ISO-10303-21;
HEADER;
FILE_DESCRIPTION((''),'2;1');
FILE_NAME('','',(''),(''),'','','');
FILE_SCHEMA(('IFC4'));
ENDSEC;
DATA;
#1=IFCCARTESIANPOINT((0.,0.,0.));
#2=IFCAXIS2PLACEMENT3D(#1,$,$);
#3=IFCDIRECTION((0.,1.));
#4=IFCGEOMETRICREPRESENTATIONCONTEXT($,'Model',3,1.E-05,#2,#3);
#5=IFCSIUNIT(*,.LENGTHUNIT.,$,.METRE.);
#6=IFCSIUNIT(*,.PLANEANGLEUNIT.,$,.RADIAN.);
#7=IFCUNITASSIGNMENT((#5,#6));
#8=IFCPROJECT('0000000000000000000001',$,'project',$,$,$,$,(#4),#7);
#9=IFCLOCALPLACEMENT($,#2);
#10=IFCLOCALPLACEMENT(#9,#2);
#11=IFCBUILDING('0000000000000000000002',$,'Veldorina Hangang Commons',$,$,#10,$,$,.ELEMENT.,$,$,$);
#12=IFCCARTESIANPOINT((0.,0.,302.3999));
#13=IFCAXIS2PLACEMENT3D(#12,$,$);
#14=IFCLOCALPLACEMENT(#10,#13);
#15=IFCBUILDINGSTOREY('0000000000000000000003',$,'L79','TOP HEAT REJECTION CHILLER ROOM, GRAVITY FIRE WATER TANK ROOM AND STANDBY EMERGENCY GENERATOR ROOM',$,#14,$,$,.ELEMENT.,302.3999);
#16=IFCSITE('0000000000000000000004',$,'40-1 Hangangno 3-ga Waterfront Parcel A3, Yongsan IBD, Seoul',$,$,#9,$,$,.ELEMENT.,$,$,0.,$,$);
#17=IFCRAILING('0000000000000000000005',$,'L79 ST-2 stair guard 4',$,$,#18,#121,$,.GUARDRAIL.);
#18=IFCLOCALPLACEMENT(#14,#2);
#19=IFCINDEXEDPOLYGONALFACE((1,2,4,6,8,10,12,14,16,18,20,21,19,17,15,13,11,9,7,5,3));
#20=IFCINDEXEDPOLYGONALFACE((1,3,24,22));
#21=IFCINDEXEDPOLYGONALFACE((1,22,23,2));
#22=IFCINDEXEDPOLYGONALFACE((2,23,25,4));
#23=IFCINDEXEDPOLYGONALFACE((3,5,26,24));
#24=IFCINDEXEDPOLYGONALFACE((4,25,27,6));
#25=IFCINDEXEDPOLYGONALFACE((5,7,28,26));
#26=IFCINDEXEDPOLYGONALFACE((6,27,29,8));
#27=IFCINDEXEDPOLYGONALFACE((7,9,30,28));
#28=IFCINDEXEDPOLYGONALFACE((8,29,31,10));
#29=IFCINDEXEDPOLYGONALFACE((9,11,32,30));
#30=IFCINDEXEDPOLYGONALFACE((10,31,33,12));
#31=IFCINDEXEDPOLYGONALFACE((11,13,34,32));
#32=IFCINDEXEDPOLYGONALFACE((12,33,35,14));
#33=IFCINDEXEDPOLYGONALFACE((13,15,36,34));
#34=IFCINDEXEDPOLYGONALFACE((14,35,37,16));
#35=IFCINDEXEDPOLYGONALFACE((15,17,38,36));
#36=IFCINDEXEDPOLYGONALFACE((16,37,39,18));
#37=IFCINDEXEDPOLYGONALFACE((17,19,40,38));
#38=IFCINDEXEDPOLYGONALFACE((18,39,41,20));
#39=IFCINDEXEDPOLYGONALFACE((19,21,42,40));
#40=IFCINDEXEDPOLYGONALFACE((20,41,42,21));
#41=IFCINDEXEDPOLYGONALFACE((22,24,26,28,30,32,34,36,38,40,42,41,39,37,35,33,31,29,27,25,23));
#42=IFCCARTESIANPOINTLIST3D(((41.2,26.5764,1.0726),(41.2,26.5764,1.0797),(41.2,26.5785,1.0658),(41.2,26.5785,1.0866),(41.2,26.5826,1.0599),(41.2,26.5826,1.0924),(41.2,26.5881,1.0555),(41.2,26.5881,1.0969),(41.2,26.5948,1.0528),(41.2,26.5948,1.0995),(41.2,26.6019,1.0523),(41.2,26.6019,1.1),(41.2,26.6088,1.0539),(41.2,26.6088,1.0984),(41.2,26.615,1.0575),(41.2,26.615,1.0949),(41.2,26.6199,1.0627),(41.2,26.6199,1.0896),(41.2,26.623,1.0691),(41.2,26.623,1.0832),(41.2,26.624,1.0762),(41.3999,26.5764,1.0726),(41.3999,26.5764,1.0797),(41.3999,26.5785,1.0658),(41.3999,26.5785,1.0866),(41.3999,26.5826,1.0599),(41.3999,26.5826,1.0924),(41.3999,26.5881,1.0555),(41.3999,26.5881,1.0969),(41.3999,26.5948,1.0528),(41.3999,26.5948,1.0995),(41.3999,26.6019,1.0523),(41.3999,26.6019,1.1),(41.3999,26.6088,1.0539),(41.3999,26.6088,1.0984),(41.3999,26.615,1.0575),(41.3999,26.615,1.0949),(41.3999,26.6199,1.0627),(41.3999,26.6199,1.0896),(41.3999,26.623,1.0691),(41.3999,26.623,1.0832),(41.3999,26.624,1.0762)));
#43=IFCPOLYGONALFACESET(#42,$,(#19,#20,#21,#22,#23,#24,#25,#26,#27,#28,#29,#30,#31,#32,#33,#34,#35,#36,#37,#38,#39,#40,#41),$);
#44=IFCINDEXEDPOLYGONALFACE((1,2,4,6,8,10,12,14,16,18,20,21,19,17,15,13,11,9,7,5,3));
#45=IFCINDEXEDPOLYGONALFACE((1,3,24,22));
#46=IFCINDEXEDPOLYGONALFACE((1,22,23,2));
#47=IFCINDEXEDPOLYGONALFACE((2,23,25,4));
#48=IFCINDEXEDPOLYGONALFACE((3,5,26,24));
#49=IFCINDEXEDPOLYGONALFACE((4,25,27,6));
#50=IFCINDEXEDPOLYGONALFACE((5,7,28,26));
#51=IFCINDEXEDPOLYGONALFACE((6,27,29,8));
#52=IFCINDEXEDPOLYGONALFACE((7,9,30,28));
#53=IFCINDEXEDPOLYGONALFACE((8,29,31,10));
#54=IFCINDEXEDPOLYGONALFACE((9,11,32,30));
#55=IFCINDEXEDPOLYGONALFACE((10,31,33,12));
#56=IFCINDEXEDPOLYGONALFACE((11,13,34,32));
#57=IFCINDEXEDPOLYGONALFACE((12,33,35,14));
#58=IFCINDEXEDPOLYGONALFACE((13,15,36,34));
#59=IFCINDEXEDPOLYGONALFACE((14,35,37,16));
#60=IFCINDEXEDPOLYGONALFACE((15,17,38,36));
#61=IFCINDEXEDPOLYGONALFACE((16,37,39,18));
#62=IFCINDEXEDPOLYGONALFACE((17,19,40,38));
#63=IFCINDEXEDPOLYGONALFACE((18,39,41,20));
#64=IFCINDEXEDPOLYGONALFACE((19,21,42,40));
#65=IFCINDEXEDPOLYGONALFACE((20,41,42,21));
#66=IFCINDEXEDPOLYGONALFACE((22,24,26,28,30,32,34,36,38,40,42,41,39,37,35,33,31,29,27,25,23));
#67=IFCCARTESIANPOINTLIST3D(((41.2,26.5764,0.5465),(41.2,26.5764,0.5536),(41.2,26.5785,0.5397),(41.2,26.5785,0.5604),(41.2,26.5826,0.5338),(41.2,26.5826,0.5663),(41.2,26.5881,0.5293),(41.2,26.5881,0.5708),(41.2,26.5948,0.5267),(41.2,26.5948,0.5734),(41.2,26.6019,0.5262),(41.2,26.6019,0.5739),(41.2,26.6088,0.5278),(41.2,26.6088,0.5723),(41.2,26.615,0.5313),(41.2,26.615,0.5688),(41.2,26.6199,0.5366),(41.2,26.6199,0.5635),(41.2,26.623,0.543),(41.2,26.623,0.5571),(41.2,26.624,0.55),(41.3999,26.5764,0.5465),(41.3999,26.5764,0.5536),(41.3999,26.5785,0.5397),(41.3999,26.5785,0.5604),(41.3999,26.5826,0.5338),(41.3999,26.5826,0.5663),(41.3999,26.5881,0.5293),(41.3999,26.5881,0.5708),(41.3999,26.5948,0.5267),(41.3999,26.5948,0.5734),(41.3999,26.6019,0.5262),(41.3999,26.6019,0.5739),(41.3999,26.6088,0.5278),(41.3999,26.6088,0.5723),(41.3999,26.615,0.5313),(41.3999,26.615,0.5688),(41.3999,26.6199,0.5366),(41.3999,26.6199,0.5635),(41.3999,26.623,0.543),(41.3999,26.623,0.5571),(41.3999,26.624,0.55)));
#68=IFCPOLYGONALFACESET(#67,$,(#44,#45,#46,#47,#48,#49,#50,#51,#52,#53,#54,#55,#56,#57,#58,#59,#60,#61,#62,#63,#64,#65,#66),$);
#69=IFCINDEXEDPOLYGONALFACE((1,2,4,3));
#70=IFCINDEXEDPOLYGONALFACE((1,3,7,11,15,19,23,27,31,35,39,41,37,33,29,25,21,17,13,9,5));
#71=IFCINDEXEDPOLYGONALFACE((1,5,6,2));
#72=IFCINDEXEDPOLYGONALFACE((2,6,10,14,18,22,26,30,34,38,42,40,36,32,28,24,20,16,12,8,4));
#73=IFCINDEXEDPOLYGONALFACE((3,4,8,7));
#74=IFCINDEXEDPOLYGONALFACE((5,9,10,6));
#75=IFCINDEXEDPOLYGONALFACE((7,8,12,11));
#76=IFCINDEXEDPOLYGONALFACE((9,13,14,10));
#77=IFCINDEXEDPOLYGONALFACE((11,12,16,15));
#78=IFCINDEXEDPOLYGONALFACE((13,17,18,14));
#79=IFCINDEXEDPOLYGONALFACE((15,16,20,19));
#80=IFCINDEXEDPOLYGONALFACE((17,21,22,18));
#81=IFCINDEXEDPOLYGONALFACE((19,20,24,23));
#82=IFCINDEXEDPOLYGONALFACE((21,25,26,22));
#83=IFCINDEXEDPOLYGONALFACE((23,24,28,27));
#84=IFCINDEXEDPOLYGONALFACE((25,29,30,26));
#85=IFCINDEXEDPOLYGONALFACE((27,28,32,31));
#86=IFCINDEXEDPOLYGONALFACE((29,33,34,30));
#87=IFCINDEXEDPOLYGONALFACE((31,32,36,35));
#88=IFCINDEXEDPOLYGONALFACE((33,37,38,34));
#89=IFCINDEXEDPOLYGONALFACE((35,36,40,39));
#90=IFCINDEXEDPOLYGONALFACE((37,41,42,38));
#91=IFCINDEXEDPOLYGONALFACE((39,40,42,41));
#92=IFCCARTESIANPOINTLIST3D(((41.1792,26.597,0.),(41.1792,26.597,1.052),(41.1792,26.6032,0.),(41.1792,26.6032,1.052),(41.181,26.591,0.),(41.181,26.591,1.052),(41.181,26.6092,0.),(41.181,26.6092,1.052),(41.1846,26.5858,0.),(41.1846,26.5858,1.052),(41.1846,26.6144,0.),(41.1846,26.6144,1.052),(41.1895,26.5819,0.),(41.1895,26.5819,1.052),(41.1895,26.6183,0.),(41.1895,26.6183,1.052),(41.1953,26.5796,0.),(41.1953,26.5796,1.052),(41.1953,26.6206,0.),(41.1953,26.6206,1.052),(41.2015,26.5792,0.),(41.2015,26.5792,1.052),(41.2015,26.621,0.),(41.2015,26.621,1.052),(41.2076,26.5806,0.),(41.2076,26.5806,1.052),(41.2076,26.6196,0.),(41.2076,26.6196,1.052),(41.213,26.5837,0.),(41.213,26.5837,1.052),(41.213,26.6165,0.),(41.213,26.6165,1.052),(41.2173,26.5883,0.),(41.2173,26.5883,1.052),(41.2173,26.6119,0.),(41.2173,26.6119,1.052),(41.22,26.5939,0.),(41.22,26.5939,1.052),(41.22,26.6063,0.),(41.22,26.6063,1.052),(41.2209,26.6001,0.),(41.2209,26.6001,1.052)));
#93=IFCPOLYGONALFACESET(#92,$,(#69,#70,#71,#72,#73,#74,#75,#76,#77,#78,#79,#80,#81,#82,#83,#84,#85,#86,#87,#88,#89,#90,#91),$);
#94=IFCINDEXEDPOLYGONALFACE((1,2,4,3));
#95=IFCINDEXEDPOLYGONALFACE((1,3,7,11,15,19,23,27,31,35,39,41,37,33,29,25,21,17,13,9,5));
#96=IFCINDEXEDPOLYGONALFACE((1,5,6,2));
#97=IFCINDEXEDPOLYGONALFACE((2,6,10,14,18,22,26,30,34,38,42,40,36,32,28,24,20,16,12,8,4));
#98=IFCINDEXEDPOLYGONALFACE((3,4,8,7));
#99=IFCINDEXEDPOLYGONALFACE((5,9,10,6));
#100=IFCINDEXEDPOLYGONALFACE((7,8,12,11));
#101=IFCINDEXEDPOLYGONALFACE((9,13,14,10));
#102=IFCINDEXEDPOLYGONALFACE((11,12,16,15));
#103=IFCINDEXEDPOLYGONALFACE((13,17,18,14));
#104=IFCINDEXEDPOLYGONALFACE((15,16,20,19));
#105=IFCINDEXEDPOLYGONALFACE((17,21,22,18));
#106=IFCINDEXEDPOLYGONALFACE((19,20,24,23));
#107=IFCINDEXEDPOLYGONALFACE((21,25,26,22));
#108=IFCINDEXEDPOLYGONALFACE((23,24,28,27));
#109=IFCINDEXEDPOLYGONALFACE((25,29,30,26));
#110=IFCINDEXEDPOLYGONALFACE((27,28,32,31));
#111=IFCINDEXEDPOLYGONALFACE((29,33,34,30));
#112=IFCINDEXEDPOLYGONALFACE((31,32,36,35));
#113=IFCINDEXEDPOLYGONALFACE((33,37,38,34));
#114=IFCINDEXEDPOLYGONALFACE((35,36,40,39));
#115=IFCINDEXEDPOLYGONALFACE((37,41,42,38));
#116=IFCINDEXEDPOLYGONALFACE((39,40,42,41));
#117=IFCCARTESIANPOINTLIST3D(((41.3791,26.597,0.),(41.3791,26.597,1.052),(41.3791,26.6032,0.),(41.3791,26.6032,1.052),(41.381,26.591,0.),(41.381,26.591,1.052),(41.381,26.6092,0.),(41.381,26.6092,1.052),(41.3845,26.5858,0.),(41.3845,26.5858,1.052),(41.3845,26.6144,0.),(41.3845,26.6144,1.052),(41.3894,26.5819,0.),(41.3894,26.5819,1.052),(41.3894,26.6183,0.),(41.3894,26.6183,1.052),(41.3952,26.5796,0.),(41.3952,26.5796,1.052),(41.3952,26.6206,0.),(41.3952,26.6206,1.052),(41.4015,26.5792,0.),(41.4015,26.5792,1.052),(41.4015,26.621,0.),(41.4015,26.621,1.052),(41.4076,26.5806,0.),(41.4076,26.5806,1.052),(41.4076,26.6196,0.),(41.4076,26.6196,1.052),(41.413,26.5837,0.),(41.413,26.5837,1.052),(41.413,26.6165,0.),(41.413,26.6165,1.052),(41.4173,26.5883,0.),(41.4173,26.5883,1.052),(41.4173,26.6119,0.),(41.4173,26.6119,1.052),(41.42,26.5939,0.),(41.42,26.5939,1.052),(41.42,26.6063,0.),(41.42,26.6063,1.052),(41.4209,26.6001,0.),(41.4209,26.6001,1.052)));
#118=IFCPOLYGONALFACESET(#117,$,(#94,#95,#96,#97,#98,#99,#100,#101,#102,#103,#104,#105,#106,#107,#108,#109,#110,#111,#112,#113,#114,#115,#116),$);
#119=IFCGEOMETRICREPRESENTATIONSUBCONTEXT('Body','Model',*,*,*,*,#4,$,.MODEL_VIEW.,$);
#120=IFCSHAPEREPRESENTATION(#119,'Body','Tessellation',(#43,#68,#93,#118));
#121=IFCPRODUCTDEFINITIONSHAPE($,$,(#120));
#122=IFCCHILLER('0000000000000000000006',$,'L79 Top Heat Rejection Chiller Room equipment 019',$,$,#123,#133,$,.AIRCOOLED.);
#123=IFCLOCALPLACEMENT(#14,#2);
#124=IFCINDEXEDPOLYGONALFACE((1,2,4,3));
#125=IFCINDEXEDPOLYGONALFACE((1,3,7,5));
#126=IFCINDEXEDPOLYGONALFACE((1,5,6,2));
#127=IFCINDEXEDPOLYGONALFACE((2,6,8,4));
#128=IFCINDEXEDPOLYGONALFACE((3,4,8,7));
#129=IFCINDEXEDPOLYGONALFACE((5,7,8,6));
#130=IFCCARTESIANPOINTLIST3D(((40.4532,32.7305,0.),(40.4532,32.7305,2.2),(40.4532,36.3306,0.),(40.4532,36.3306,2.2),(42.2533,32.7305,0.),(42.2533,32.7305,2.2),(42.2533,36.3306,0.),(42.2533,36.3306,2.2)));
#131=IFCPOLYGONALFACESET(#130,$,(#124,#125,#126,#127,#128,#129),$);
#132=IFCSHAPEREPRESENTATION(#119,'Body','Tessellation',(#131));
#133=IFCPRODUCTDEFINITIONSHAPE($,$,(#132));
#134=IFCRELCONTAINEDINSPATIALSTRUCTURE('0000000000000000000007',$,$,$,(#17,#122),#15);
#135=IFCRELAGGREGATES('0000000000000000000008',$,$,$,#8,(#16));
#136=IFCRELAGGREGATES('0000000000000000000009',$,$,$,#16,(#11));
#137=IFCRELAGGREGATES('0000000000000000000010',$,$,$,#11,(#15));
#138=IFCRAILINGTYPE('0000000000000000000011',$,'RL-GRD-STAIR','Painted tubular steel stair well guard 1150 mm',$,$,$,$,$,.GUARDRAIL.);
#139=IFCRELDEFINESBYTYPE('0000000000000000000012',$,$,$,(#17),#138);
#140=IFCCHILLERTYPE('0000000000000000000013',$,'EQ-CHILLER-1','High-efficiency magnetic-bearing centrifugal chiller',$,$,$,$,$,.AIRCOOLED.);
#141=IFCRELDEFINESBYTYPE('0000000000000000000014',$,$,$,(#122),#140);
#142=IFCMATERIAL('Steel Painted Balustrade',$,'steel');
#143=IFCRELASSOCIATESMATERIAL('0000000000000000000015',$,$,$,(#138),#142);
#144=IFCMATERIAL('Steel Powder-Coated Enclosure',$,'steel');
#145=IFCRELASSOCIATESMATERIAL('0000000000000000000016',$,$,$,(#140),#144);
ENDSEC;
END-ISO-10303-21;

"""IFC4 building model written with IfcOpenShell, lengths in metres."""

from ifc_helpers import new_model, si_unit, direction, frame, origin, origin_2d, place, context, subcontext, project, spatial, rectangle, circle, extrude, material, type_object, element, save


model = new_model("IFC4")

# Units and contexts
model_context = context("Model", 3, precision=1e-05, world=origin(), true_north=direction((0.0, 1.0)))
body_context = subcontext(model_context, "Body", "Model", "MODEL_VIEW")
ifc_project = project(units=[si_unit("LENGTHUNIT", "METRE"), si_unit("PLANEANGLEUNIT", "RADIAN")], contexts=[model_context])

# Site, building, storey
site_placement = place(None, origin())
site = spatial("IfcSite", under=ifc_project, at=site_placement, Name="40-1 Hangangno 3-ga Waterfront Parcel A3, Yongsan IBD, Seoul", CompositionType="ELEMENT", RefElevation=0.0)
building_placement = place(site_placement, origin())
building = spatial("IfcBuilding", under=site, at=building_placement, Name="Veldorina Hangang Commons", CompositionType="ELEMENT")
storey_placement = place(building_placement, frame((0.0, 0.0, 302.3999)))
storey = spatial("IfcBuildingStorey", under=building, at=storey_placement, Name="L79", Description="TOP HEAT REJECTION CHILLER ROOM, GRAVITY FIRE WATER TANK ROOM AND STANDBY EMERGENCY GENERATOR ROOM", CompositionType="ELEMENT", Elevation=302.3999)

# Railing
ifc_material_1 = material(Name="Steel Painted Balustrade", Category="steel")
railing_type = type_object("IfcRailingType", Name="RL-GRD-STAIR", Description="Painted tubular steel stair well guard 1150 mm", PredefinedType="GUARDRAIL", material=ifc_material_1)
railing_1_placement = place(storey_placement, frame((41.2, 26.6001, 0.0)))
element("IfcRailing", 1, at=railing_1_placement, inside=storey, type_object=railing_type, Name="L79 ST-2 stair guard 4", PredefinedType="GUARDRAIL", context=body_context, shape_type="SweptSolid", body=[
    extrude(circle(Radius=0.0239, at=origin_2d()), frame((0.0, 0.0, 1.0762), z_axis=(1.0, 0.0, 0.0), x_axis=(0.0, 1.0, 0.0)), (0.0, 0.0, 1.0), 0.2),
    extrude(circle(Radius=0.0239, at=origin_2d()), frame((0.0, 0.0, 0.55), z_axis=(1.0, 0.0, 0.0), x_axis=(0.0, 1.0, 0.0)), (0.0, 0.0, 1.0), 0.2),
    extrude(circle(Radius=0.021, at=origin_2d()), origin(), (0.0, 0.0, 1.0), 1.052),
    extrude(circle(Radius=0.021, at=origin_2d()), frame((0.2, 0.0, 0.0)), (0.0, 0.0, 1.0), 1.052),
])

# Chiller
ifc_material_2 = material(Name="Steel Powder-Coated Enclosure", Category="steel")
chiller_type = type_object("IfcChillerType", Name="EQ-CHILLER-1", Description="High-efficiency magnetic-bearing centrifugal chiller", PredefinedType="AIRCOOLED", material=ifc_material_2)
chiller_placement = place(storey_placement, frame((41.3533, 34.5305, 0.0), z_axis=(0.0, 0.0, 1.0), x_axis=(1.0, 0.0, 0.0)))
element("IfcChiller", 2, at=chiller_placement, inside=storey, type_object=chiller_type, Name="L79 Top Heat Rejection Chiller Room equipment 019", PredefinedType="AIRCOOLED", context=body_context, shape_type="SweptSolid", body=[
    extrude(rectangle(XDim=1.8, YDim=3.6001, at=origin_2d()), origin(), (0.0, 0.0, 1.0), 2.2),
])

save(model, "model.ifc")
